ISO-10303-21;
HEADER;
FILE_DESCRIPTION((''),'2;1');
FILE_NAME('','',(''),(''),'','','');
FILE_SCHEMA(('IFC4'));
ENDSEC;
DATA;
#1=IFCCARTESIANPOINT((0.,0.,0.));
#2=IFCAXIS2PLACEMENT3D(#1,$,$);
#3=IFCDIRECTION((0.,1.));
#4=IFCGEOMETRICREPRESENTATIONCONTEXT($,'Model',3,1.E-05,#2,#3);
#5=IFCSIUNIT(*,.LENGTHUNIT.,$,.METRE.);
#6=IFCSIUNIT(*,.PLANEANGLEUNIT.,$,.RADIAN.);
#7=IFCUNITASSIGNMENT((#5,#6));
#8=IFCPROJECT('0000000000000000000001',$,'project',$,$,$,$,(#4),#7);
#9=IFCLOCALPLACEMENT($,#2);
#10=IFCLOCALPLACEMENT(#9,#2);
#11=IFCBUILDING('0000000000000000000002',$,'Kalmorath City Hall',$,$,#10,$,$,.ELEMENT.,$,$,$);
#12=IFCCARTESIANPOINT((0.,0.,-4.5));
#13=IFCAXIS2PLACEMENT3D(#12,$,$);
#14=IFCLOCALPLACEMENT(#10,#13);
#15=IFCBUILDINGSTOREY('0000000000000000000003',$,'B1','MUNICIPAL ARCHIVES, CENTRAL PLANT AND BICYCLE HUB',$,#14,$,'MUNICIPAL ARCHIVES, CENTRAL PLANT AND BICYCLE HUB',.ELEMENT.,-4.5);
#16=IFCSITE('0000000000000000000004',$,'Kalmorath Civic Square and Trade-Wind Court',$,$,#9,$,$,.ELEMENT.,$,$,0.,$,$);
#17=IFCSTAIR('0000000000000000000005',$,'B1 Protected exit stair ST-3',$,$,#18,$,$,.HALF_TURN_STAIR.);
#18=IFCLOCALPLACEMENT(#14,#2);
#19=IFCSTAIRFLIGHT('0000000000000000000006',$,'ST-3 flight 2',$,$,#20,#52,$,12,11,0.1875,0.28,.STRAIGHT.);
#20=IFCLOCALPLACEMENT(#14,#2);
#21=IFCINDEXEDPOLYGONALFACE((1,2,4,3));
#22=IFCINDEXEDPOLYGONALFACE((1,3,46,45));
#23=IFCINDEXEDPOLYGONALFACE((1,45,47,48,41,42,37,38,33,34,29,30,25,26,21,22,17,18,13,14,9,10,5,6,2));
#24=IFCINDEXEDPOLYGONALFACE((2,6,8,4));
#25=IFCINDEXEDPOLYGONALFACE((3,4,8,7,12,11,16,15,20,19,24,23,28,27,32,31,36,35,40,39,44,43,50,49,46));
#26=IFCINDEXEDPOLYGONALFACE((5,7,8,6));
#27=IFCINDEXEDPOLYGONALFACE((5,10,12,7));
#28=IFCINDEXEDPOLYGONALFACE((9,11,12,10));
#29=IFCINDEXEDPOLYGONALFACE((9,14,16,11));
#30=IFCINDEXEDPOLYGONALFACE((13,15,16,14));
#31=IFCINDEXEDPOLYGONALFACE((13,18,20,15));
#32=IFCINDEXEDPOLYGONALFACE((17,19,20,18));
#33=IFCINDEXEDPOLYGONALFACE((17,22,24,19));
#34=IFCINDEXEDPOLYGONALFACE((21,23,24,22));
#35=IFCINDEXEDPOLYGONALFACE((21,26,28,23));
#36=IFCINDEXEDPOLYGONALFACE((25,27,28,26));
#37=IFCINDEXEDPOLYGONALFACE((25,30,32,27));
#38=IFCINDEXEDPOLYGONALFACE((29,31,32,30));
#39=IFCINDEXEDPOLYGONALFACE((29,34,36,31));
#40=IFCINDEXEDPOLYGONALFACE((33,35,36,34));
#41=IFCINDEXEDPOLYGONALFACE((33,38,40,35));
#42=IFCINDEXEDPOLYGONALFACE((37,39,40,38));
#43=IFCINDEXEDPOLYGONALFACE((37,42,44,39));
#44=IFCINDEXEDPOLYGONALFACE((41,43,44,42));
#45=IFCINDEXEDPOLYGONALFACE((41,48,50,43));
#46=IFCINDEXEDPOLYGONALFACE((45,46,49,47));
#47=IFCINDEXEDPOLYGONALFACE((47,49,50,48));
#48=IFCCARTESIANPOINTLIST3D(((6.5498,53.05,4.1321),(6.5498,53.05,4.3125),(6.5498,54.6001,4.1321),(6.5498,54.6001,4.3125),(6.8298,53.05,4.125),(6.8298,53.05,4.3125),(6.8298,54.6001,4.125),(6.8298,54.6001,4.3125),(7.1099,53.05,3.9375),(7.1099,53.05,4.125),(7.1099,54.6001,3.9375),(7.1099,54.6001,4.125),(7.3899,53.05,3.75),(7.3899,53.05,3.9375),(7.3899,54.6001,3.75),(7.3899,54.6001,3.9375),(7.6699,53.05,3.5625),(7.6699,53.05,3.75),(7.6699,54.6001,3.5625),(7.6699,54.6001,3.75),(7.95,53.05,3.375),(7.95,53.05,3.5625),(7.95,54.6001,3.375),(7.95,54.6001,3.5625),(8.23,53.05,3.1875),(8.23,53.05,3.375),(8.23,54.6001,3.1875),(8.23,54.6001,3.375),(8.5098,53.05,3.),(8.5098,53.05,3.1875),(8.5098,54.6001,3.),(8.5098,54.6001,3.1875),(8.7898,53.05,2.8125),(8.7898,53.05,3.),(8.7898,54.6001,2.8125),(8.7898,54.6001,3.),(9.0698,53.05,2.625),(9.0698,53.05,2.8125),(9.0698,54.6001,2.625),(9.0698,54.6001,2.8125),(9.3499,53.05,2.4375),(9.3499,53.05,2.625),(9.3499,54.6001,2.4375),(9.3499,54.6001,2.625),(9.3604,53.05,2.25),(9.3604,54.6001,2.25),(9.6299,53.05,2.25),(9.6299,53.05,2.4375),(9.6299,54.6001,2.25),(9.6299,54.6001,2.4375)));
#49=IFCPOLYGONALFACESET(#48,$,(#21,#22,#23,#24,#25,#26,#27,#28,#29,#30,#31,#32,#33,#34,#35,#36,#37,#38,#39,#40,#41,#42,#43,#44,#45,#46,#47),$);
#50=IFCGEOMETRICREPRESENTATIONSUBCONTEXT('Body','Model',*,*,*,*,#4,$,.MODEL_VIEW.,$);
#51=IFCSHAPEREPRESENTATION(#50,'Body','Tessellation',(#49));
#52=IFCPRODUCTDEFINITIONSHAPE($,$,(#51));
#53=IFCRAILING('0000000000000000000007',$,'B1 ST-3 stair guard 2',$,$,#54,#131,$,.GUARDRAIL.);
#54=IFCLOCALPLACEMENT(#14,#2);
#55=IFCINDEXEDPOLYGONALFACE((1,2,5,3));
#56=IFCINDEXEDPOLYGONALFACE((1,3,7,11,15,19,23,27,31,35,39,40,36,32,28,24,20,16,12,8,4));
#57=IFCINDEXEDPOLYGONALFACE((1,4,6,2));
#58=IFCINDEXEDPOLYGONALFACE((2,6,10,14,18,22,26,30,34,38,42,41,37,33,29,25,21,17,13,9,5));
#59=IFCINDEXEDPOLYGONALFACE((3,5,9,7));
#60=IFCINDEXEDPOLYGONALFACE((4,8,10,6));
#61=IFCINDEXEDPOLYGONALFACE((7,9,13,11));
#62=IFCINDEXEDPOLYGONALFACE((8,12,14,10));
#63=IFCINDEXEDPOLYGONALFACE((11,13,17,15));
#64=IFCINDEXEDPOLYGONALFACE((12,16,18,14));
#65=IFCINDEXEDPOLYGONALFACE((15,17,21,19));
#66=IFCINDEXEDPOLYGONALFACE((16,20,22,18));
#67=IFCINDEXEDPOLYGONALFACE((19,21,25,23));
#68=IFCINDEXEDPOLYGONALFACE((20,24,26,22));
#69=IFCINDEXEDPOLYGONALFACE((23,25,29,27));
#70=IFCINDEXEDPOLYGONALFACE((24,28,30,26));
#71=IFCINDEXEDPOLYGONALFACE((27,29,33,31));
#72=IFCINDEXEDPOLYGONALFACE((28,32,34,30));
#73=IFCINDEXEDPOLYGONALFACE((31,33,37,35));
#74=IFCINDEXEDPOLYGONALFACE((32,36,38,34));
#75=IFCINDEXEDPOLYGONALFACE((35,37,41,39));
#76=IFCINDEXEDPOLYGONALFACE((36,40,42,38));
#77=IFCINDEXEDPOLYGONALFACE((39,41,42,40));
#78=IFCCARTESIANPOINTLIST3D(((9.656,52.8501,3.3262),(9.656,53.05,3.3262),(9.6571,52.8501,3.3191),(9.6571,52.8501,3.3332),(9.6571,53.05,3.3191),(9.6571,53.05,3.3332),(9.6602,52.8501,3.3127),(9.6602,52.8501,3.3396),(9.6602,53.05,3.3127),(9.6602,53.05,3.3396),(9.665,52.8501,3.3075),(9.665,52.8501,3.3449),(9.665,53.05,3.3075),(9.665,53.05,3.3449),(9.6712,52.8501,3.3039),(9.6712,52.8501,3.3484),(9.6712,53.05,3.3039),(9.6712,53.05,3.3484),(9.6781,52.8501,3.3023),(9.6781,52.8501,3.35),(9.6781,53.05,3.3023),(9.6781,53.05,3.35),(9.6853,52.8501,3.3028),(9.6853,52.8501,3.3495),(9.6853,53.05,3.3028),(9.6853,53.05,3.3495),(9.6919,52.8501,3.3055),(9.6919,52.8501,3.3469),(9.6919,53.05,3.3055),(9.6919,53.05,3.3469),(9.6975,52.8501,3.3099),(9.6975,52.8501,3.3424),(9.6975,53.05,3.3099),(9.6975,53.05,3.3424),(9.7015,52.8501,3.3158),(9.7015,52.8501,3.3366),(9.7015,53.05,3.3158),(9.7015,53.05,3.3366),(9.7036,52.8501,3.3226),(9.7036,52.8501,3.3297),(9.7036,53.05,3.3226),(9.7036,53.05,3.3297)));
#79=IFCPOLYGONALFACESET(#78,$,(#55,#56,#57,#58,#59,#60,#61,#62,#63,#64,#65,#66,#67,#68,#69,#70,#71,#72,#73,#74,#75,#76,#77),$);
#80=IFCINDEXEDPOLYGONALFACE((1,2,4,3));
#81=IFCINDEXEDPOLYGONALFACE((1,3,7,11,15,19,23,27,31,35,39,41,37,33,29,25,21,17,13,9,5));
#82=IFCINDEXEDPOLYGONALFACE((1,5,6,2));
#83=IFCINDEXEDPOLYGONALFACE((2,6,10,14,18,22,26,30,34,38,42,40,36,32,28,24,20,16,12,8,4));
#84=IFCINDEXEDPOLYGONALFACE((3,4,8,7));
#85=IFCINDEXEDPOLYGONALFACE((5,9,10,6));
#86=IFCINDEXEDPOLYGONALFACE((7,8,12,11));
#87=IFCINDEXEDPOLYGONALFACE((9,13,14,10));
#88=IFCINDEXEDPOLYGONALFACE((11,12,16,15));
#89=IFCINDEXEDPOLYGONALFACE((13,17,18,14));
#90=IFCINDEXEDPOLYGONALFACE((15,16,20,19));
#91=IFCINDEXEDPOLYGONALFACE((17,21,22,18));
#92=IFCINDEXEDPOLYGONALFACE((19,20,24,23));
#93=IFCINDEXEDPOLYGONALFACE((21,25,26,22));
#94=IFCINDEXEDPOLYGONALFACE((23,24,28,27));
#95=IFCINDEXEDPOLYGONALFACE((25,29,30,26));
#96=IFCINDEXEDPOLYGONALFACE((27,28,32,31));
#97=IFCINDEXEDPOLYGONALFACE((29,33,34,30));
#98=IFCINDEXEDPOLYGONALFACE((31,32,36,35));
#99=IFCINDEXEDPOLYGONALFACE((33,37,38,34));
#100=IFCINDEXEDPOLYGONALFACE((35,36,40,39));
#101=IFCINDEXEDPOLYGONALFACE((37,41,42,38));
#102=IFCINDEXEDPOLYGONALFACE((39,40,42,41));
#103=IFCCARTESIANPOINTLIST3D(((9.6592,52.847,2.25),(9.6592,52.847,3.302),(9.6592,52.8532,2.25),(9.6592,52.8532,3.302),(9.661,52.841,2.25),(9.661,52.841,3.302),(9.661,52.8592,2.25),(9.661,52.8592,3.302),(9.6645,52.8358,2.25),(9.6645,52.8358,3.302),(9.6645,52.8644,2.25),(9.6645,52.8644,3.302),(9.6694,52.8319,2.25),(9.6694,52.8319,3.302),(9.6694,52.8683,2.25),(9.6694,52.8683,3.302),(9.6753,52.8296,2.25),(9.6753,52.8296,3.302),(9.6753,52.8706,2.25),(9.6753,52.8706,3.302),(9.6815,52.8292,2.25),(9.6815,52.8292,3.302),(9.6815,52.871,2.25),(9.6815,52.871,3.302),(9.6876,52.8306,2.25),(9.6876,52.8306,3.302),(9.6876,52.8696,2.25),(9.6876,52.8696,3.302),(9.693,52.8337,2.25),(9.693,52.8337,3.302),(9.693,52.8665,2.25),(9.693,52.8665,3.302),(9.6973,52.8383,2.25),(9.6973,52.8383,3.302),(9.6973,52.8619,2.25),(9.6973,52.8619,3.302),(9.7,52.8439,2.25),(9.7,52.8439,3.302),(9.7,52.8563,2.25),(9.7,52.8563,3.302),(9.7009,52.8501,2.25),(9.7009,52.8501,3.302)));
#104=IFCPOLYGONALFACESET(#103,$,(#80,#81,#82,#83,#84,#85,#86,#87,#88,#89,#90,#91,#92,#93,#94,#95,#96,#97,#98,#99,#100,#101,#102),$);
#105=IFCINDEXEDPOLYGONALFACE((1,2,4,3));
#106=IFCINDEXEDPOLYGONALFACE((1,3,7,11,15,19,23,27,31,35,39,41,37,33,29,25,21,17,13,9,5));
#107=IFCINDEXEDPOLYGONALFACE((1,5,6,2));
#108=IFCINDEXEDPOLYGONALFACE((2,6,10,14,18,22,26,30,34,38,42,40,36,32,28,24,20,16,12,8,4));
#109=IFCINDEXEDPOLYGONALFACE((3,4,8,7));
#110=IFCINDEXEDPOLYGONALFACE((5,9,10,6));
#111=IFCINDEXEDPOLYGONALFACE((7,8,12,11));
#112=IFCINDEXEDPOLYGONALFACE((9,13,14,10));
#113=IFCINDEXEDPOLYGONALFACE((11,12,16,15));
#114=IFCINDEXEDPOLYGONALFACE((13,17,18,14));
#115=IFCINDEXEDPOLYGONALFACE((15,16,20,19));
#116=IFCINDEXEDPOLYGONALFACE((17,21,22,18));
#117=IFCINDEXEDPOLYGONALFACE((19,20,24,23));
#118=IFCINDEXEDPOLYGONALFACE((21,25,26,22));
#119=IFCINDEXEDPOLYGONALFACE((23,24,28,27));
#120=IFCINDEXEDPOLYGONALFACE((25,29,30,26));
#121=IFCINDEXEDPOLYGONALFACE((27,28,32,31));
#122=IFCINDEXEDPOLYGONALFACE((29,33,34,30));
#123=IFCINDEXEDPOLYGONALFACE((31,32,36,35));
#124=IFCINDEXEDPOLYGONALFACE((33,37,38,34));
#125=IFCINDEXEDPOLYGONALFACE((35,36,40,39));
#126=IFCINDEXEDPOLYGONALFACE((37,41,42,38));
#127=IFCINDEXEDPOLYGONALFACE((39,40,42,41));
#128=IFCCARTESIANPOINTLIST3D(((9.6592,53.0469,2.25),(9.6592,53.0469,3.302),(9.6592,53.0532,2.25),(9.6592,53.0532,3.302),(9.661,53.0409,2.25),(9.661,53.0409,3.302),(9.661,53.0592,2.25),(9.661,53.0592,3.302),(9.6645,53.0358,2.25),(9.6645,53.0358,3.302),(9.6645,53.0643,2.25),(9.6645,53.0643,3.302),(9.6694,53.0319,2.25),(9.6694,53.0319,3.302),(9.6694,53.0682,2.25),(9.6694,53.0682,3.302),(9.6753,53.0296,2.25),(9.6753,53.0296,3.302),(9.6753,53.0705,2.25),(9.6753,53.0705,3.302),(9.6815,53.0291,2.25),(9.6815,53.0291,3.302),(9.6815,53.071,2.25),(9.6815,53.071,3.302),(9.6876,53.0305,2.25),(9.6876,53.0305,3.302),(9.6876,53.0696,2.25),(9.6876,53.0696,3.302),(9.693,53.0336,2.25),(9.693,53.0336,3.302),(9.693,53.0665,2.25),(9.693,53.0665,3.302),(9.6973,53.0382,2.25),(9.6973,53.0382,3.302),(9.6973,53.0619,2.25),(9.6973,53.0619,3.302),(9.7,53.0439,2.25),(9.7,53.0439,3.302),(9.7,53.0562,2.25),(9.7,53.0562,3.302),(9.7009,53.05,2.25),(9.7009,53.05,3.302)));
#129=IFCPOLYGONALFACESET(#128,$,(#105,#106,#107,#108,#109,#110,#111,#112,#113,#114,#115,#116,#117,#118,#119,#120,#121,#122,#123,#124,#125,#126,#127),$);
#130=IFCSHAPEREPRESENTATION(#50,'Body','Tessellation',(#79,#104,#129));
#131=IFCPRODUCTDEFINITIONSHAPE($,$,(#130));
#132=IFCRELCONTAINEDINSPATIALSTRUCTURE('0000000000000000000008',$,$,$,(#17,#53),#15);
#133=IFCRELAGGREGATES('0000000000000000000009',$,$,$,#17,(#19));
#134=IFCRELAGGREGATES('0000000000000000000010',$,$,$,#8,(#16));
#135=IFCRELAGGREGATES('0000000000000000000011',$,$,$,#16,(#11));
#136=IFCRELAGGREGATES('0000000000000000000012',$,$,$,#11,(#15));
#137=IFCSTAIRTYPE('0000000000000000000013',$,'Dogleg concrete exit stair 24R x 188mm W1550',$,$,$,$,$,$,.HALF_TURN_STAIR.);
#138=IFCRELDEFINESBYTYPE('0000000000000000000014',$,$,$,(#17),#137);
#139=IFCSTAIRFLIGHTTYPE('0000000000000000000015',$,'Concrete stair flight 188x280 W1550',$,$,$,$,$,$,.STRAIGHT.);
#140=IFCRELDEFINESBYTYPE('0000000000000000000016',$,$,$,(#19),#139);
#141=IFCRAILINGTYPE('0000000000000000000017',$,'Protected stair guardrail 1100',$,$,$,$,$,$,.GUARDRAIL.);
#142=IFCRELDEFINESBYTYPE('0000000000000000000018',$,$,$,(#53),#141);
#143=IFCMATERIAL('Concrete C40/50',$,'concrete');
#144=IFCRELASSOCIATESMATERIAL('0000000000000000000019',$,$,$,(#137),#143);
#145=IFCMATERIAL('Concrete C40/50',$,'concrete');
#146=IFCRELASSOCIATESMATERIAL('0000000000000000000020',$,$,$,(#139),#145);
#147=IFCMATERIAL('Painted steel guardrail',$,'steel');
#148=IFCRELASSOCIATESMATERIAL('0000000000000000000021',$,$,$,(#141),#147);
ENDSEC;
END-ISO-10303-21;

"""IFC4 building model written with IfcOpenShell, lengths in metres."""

from ifc_helpers import new_model, si_unit, direction, frame, origin, origin_2d, place, context, subcontext, project, spatial, polyline, circle, outline, extrude, material, type_object, element, aggregate, save


model = new_model("IFC4")

# Units and contexts
model_context = context("Model", 3, precision=1e-05, world=origin(), true_north=direction((0.0, 1.0)))
body_context = subcontext(model_context, "Body", "Model", "MODEL_VIEW")
ifc_project = project(units=[si_unit("LENGTHUNIT", "METRE"), si_unit("PLANEANGLEUNIT", "RADIAN")], contexts=[model_context])

# Site, building, storey
site_placement = place(None, origin())
site = spatial("IfcSite", under=ifc_project, at=site_placement, Name="Kalmorath Civic Square and Trade-Wind Court", CompositionType="ELEMENT", RefElevation=0.0)
building_placement = place(site_placement, origin())
building = spatial("IfcBuilding", under=site, at=building_placement, Name="Kalmorath City Hall", CompositionType="ELEMENT")
storey_placement = place(building_placement, frame((0.0, 0.0, -4.5)))
storey = spatial("IfcBuildingStorey", under=building, at=storey_placement, Name="B1", Description="MUNICIPAL ARCHIVES, CENTRAL PLANT AND BICYCLE HUB", LongName="MUNICIPAL ARCHIVES, CENTRAL PLANT AND BICYCLE HUB", CompositionType="ELEMENT", Elevation=-4.5)

# Stair, stair flight
ifc_material_1 = material(Name="Concrete C40/50", Category="concrete")
stair_type = type_object("IfcStairType", Name="Dogleg concrete exit stair 24R x 188mm W1550", PredefinedType="HALF_TURN_STAIR", material=ifc_material_1)
stair_placement = place(storey_placement, origin())
stair = element("IfcStair", 1, at=stair_placement, inside=storey, type_object=stair_type, Name="B1 Protected exit stair ST-3", PredefinedType="HALF_TURN_STAIR")
ifc_material_2 = material(Name="Concrete C40/50", Category="concrete")
stair_flight_type = type_object("IfcStairFlightType", Name="Concrete stair flight 188x280 W1550", PredefinedType="STRAIGHT", material=ifc_material_2)
stair_flight_placement = place(storey_placement, frame((9.6299, 53.825, 2.25), z_axis=(0.0, 0.0, 1.0), x_axis=(-1.0, 0.0, 0.0)))
stair_flight = element("IfcStairFlight", 2, at=stair_flight_placement, type_object=stair_flight_type, Name="ST-3 flight 2", NumberOfRisers=12, NumberOfTreads=11, PredefinedType="STRAIGHT", RiserHeight=0.1875, TreadLength=0.28, context=body_context, shape_type="SweptSolid", body=[
    extrude(outline(polyline([(0.0, 0.0), (0.0, 0.1875), (0.28, 0.1875), (0.28, 0.375), (0.5601, 0.375), (0.5601, 0.5625), (0.8401, 0.5625), (0.8401, 0.75), (1.1201, 0.75), (1.1201, 0.9375), (1.3999, 0.9375), (1.3999, 1.125), (1.6799, 1.125), (1.6799, 1.3125), (1.96, 1.3125), (1.96, 1.5), (2.24, 1.5), (2.24, 1.6875), (2.52, 1.6875), (2.52, 1.875), (2.8, 1.875), (2.8, 2.0625), (3.0801, 2.0625), (3.0801, 2.25), (3.0801, 1.8821), (0.2695, 0.0), (0.0, 0.0)])), frame((0.0, 0.7749, 0.0), z_axis=(0.0, -1.0, 0.0), x_axis=(1.0, 0.0, 0.0)), (0.0, 0.0, 1.0), 1.55),
])
aggregate(stair, [stair_flight])

# Railing
ifc_material_3 = material(Name="Painted steel guardrail", Category="steel")
railing_type_1 = type_object("IfcRailingType", Name="Protected stair guardrail 1100", PredefinedType="GUARDRAIL", material=ifc_material_3)
railing_1_placement = place(storey_placement, frame((9.6799, 52.8501, 2.25)))
element("IfcRailing", 3, at=railing_1_placement, inside=storey, type_object=railing_type_1, Name="B1 ST-3 stair guard 2", PredefinedType="GUARDRAIL", context=body_context, shape_type="SweptSolid", body=[
    extrude(circle(Radius=0.0239, at=origin_2d()), frame((0.0, 0.0, 1.0762), z_axis=(0.0, 1.0, 0.0), x_axis=(-1.0, 0.0, 0.0)), (0.0, 0.0, 1.0), 0.2),
    extrude(circle(Radius=0.021, at=origin_2d()), origin(), (0.0, 0.0, 1.0), 1.052),
    extrude(circle(Radius=0.021, at=origin_2d()), frame((0.0, 0.2, 0.0)), (0.0, 0.0, 1.0), 1.052),
])

save(model, "model.ifc")
